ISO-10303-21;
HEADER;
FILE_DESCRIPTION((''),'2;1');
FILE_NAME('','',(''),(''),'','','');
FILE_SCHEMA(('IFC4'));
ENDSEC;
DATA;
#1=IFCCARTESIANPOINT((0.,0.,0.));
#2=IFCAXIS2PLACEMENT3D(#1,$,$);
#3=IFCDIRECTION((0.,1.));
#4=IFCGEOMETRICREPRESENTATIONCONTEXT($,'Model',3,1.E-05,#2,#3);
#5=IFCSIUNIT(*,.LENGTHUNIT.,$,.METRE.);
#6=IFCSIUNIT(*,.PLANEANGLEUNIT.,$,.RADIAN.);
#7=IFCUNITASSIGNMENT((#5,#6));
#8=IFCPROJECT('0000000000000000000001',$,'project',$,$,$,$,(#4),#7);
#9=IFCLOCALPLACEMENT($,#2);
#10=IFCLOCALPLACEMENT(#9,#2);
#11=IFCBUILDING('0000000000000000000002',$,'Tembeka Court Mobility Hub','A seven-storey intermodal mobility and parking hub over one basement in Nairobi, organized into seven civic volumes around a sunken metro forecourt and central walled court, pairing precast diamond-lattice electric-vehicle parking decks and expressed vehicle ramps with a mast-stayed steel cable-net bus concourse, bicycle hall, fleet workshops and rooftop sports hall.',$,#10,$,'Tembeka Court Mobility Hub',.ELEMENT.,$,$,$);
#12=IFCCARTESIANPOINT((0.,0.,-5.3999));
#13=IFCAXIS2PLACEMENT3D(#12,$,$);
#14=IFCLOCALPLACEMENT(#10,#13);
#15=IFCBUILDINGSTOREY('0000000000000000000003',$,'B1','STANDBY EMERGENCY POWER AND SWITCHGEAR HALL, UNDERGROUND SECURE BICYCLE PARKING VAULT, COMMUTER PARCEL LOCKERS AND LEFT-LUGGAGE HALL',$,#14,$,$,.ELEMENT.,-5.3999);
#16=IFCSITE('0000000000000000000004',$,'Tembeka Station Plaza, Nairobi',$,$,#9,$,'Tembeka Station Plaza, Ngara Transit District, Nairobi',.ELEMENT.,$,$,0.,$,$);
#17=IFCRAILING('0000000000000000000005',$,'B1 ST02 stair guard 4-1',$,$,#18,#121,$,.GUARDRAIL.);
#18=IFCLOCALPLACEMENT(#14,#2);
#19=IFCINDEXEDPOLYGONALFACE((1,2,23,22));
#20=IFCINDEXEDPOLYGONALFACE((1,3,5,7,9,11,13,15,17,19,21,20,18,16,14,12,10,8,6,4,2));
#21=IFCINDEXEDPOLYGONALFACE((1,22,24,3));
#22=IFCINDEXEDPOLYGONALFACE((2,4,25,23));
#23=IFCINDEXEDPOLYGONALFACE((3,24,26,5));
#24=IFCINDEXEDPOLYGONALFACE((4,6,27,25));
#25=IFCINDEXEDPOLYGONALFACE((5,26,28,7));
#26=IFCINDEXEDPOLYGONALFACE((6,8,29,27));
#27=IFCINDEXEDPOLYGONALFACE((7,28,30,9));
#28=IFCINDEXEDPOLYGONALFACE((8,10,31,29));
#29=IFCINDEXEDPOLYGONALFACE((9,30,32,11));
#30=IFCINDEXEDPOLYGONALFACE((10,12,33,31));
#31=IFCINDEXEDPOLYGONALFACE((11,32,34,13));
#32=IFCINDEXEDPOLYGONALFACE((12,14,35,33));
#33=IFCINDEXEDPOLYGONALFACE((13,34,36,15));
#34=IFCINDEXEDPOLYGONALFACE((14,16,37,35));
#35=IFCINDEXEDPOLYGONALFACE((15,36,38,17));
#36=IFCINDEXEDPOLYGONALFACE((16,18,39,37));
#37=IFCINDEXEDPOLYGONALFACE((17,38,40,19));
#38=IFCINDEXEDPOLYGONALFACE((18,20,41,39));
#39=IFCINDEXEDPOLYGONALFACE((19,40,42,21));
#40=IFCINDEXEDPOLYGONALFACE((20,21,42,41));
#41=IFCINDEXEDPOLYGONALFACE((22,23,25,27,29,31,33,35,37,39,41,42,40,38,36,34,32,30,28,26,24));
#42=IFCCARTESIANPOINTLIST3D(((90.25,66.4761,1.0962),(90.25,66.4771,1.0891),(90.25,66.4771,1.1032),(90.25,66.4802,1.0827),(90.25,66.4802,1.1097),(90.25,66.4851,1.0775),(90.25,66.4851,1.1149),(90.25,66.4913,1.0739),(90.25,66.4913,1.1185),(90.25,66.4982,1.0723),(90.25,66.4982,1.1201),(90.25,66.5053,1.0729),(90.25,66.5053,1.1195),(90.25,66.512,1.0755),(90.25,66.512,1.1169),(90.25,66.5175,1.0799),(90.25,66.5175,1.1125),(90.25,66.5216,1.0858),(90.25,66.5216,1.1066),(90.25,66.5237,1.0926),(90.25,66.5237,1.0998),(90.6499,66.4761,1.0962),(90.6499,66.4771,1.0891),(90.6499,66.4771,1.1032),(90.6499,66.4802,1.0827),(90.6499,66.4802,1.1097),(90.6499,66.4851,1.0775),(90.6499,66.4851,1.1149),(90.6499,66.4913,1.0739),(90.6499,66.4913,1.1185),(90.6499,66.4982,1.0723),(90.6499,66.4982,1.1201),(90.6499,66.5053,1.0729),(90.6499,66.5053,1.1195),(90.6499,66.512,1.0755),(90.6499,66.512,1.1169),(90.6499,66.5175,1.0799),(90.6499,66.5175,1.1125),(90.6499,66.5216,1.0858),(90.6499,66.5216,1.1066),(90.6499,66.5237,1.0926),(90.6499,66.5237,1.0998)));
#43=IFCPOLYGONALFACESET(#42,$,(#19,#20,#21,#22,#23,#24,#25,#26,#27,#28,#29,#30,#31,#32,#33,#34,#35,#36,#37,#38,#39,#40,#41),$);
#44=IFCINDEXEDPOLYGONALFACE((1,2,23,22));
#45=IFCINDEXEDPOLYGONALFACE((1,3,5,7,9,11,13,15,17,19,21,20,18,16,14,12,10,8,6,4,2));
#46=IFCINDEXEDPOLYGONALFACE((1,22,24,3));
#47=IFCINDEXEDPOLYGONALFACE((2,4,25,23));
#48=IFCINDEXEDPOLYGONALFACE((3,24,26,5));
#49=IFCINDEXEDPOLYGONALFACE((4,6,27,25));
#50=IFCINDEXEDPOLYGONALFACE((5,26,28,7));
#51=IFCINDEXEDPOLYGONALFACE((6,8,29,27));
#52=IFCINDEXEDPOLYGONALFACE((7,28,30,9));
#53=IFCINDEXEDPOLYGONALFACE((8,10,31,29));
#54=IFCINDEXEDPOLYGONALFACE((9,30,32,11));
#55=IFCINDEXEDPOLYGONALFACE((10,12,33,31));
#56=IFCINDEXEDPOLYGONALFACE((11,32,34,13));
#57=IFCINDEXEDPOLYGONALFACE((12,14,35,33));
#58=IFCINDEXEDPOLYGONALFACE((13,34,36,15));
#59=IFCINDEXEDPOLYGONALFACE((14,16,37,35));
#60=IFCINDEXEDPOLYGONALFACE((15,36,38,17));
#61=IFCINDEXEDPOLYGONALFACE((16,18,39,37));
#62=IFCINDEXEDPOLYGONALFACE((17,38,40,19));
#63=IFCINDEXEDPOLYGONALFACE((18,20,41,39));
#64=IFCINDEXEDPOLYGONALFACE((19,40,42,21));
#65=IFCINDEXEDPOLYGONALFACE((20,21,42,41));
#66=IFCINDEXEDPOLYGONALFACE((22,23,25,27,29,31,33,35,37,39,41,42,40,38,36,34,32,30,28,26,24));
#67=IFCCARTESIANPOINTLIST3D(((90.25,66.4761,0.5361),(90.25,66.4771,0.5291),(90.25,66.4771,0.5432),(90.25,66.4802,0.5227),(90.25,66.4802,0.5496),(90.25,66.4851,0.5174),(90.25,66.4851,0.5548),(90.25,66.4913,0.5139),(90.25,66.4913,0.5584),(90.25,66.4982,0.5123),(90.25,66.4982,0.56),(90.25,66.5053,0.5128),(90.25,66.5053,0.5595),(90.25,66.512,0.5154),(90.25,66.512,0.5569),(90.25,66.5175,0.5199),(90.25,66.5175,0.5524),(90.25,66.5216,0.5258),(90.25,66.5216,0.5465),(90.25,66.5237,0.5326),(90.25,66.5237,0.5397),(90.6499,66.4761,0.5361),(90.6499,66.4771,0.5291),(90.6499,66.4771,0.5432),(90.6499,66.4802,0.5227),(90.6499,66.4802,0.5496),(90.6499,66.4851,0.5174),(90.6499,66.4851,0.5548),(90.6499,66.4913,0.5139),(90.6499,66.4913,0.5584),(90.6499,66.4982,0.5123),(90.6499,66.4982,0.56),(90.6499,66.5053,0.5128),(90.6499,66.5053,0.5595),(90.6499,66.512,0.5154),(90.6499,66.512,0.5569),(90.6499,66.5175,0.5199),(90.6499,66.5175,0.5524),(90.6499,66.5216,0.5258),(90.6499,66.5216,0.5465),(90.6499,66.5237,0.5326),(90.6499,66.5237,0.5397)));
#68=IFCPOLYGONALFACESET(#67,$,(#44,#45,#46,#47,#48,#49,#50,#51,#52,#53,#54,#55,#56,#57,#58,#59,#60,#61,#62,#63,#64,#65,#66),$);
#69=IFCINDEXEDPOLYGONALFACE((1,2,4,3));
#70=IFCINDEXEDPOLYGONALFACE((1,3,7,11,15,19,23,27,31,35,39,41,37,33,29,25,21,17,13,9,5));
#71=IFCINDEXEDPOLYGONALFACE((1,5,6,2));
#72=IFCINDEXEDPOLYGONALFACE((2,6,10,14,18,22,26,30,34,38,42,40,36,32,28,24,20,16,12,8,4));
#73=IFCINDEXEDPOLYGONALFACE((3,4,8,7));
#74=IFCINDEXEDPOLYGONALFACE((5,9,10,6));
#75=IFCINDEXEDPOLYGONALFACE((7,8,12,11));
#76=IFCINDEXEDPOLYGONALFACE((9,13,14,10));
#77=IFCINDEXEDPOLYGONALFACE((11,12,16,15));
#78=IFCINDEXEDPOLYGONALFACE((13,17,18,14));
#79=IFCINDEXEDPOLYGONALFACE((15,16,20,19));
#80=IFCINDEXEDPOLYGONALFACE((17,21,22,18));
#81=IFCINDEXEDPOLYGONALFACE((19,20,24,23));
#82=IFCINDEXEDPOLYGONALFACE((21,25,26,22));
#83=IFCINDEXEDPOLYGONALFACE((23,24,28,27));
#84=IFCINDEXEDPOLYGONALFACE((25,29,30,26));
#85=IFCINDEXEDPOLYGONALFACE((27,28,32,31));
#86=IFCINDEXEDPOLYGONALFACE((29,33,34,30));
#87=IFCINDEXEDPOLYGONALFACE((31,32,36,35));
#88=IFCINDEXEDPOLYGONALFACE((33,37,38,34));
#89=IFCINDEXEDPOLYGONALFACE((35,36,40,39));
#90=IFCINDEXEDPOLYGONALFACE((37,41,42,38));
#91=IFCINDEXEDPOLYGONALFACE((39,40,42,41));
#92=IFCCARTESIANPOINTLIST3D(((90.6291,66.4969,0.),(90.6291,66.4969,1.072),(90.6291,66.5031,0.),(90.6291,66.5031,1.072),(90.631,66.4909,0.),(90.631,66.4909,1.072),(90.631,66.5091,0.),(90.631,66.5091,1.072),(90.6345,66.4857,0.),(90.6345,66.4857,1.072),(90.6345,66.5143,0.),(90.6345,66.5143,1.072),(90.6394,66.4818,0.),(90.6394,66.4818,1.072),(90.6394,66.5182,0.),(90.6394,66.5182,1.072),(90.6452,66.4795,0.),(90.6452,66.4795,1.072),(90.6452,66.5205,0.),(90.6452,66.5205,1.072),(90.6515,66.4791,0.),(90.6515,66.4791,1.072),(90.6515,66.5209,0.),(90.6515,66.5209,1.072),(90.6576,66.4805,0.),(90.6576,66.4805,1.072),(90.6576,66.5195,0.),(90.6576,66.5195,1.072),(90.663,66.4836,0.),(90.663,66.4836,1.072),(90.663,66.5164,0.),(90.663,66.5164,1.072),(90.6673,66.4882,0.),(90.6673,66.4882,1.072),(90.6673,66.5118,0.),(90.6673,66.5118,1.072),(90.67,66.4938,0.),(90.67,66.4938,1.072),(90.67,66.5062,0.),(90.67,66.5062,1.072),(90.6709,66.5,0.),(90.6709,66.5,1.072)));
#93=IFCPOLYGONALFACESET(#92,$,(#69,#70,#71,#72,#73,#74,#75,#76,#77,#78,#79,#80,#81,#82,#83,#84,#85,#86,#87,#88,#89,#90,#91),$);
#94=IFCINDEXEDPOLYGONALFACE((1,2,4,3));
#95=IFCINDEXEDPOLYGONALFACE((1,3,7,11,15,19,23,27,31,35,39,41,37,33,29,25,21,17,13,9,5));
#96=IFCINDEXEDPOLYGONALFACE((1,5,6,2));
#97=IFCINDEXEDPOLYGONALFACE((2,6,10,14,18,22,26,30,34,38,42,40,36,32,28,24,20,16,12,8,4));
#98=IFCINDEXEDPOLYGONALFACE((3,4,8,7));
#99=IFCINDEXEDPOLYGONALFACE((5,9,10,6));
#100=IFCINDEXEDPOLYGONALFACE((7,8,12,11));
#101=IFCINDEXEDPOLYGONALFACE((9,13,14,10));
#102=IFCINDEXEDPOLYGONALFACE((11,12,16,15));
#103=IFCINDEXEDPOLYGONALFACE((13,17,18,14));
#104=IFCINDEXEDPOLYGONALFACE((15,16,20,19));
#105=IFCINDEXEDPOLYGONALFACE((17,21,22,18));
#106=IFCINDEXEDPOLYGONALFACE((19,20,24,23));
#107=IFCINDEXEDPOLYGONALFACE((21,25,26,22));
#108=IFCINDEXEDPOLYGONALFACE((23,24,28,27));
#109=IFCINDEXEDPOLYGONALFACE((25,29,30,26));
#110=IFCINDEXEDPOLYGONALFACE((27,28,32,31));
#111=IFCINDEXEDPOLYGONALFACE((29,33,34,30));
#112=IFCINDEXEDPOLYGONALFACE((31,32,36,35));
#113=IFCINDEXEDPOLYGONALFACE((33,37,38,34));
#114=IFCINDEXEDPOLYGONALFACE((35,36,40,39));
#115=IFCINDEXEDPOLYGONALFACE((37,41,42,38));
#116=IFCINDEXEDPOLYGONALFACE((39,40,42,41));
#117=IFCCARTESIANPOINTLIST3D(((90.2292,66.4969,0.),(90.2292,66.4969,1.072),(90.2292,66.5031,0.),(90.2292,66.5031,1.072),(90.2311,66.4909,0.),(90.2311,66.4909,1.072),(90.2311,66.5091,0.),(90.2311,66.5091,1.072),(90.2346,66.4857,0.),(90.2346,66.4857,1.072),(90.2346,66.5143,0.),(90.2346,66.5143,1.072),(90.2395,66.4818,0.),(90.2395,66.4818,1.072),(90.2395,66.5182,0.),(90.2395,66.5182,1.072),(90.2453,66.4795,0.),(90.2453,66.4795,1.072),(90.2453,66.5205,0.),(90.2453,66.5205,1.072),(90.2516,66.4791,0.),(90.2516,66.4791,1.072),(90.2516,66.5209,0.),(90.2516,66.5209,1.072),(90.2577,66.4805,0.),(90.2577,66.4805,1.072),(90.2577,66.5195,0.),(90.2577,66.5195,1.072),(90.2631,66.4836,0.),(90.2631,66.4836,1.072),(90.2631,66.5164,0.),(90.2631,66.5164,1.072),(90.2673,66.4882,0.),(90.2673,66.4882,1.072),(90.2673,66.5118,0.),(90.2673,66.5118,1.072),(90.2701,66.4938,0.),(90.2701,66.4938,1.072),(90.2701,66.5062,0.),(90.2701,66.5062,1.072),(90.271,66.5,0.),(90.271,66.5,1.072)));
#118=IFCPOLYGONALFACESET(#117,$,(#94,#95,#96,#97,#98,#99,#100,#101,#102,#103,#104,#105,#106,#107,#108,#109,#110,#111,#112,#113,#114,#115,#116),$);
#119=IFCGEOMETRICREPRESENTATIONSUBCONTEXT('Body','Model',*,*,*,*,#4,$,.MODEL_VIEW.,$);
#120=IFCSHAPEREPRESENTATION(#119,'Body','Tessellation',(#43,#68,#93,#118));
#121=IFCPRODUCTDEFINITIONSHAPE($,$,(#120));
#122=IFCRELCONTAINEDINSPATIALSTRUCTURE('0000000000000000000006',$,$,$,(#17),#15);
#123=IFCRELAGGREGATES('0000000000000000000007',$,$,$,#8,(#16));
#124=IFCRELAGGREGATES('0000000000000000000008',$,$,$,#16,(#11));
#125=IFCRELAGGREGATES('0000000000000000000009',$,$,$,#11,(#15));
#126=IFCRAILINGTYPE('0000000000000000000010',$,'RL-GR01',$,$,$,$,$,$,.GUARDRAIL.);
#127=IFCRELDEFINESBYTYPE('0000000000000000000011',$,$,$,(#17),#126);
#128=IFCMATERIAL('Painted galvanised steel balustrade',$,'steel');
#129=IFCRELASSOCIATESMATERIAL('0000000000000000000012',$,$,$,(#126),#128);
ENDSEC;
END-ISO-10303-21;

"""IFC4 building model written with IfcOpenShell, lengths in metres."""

from ifc_helpers import new_model, si_unit, direction, frame, origin, origin_2d, place, context, subcontext, project, spatial, circle, extrude, material, type_object, element, save


model = new_model("IFC4")

# Units and contexts
model_context = context("Model", 3, precision=1e-05, world=origin(), true_north=direction((0.0, 1.0)))
body_context = subcontext(model_context, "Body", "Model", "MODEL_VIEW")
ifc_project = project(units=[si_unit("LENGTHUNIT", "METRE"), si_unit("PLANEANGLEUNIT", "RADIAN")], contexts=[model_context])

# Site, building, storey
site_placement = place(None, origin())
site = spatial("IfcSite", under=ifc_project, at=site_placement, Name="Tembeka Station Plaza, Nairobi", LongName="Tembeka Station Plaza, Ngara Transit District, Nairobi", CompositionType="ELEMENT", RefElevation=0.0)
building_placement = place(site_placement, origin())
building = spatial("IfcBuilding", under=site, at=building_placement, Name="Tembeka Court Mobility Hub", Description="A seven-storey intermodal mobility and parking hub over one basement in Nairobi, organized into seven civic volumes around a sunken metro forecourt and central walled court, pairing precast diamond-lattice electric-vehicle parking decks and expressed vehicle ramps with a mast-stayed steel cable-net bus concourse, bicycle hall, fleet workshops and rooftop sports hall.", LongName="Tembeka Court Mobility Hub", CompositionType="ELEMENT")
storey_placement = place(building_placement, frame((0.0, 0.0, -5.3999)))
storey = spatial("IfcBuildingStorey", under=building, at=storey_placement, Name="B1", Description="STANDBY EMERGENCY POWER AND SWITCHGEAR HALL, UNDERGROUND SECURE BICYCLE PARKING VAULT, COMMUTER PARCEL LOCKERS AND LEFT-LUGGAGE HALL", CompositionType="ELEMENT", Elevation=-5.3999)

# Railing
ifc_material_1 = material(Name="Painted galvanised steel balustrade", Category="steel")
railing_type_1 = type_object("IfcRailingType", Name="RL-GR01", PredefinedType="GUARDRAIL", material=ifc_material_1)
railing_1_placement = place(storey_placement, frame((90.6499, 66.5, 0.0)))
element("IfcRailing", 1, at=railing_1_placement, inside=storey, type_object=railing_type_1, Name="B1 ST02 stair guard 4-1", PredefinedType="GUARDRAIL", context=body_context, shape_type="SweptSolid", body=[
    extrude(circle(Radius=0.0239, at=origin_2d()), frame((0.0, 0.0, 1.0962), z_axis=(-1.0, 0.0, 0.0), x_axis=(0.0, -1.0, 0.0)), (0.0, 0.0, 1.0), 0.3999),
    extrude(circle(Radius=0.0239, at=origin_2d()), frame((0.0, 0.0, 0.5361), z_axis=(-1.0, 0.0, 0.0), x_axis=(0.0, -1.0, 0.0)), (0.0, 0.0, 1.0), 0.3999),
    extrude(circle(Radius=0.021, at=origin_2d()), origin(), (0.0, 0.0, 1.0), 1.072),
    extrude(circle(Radius=0.021, at=origin_2d()), frame((-0.3999, 0.0, 0.0)), (0.0, 0.0, 1.0), 1.072),
])

save(model, "model.ifc")
